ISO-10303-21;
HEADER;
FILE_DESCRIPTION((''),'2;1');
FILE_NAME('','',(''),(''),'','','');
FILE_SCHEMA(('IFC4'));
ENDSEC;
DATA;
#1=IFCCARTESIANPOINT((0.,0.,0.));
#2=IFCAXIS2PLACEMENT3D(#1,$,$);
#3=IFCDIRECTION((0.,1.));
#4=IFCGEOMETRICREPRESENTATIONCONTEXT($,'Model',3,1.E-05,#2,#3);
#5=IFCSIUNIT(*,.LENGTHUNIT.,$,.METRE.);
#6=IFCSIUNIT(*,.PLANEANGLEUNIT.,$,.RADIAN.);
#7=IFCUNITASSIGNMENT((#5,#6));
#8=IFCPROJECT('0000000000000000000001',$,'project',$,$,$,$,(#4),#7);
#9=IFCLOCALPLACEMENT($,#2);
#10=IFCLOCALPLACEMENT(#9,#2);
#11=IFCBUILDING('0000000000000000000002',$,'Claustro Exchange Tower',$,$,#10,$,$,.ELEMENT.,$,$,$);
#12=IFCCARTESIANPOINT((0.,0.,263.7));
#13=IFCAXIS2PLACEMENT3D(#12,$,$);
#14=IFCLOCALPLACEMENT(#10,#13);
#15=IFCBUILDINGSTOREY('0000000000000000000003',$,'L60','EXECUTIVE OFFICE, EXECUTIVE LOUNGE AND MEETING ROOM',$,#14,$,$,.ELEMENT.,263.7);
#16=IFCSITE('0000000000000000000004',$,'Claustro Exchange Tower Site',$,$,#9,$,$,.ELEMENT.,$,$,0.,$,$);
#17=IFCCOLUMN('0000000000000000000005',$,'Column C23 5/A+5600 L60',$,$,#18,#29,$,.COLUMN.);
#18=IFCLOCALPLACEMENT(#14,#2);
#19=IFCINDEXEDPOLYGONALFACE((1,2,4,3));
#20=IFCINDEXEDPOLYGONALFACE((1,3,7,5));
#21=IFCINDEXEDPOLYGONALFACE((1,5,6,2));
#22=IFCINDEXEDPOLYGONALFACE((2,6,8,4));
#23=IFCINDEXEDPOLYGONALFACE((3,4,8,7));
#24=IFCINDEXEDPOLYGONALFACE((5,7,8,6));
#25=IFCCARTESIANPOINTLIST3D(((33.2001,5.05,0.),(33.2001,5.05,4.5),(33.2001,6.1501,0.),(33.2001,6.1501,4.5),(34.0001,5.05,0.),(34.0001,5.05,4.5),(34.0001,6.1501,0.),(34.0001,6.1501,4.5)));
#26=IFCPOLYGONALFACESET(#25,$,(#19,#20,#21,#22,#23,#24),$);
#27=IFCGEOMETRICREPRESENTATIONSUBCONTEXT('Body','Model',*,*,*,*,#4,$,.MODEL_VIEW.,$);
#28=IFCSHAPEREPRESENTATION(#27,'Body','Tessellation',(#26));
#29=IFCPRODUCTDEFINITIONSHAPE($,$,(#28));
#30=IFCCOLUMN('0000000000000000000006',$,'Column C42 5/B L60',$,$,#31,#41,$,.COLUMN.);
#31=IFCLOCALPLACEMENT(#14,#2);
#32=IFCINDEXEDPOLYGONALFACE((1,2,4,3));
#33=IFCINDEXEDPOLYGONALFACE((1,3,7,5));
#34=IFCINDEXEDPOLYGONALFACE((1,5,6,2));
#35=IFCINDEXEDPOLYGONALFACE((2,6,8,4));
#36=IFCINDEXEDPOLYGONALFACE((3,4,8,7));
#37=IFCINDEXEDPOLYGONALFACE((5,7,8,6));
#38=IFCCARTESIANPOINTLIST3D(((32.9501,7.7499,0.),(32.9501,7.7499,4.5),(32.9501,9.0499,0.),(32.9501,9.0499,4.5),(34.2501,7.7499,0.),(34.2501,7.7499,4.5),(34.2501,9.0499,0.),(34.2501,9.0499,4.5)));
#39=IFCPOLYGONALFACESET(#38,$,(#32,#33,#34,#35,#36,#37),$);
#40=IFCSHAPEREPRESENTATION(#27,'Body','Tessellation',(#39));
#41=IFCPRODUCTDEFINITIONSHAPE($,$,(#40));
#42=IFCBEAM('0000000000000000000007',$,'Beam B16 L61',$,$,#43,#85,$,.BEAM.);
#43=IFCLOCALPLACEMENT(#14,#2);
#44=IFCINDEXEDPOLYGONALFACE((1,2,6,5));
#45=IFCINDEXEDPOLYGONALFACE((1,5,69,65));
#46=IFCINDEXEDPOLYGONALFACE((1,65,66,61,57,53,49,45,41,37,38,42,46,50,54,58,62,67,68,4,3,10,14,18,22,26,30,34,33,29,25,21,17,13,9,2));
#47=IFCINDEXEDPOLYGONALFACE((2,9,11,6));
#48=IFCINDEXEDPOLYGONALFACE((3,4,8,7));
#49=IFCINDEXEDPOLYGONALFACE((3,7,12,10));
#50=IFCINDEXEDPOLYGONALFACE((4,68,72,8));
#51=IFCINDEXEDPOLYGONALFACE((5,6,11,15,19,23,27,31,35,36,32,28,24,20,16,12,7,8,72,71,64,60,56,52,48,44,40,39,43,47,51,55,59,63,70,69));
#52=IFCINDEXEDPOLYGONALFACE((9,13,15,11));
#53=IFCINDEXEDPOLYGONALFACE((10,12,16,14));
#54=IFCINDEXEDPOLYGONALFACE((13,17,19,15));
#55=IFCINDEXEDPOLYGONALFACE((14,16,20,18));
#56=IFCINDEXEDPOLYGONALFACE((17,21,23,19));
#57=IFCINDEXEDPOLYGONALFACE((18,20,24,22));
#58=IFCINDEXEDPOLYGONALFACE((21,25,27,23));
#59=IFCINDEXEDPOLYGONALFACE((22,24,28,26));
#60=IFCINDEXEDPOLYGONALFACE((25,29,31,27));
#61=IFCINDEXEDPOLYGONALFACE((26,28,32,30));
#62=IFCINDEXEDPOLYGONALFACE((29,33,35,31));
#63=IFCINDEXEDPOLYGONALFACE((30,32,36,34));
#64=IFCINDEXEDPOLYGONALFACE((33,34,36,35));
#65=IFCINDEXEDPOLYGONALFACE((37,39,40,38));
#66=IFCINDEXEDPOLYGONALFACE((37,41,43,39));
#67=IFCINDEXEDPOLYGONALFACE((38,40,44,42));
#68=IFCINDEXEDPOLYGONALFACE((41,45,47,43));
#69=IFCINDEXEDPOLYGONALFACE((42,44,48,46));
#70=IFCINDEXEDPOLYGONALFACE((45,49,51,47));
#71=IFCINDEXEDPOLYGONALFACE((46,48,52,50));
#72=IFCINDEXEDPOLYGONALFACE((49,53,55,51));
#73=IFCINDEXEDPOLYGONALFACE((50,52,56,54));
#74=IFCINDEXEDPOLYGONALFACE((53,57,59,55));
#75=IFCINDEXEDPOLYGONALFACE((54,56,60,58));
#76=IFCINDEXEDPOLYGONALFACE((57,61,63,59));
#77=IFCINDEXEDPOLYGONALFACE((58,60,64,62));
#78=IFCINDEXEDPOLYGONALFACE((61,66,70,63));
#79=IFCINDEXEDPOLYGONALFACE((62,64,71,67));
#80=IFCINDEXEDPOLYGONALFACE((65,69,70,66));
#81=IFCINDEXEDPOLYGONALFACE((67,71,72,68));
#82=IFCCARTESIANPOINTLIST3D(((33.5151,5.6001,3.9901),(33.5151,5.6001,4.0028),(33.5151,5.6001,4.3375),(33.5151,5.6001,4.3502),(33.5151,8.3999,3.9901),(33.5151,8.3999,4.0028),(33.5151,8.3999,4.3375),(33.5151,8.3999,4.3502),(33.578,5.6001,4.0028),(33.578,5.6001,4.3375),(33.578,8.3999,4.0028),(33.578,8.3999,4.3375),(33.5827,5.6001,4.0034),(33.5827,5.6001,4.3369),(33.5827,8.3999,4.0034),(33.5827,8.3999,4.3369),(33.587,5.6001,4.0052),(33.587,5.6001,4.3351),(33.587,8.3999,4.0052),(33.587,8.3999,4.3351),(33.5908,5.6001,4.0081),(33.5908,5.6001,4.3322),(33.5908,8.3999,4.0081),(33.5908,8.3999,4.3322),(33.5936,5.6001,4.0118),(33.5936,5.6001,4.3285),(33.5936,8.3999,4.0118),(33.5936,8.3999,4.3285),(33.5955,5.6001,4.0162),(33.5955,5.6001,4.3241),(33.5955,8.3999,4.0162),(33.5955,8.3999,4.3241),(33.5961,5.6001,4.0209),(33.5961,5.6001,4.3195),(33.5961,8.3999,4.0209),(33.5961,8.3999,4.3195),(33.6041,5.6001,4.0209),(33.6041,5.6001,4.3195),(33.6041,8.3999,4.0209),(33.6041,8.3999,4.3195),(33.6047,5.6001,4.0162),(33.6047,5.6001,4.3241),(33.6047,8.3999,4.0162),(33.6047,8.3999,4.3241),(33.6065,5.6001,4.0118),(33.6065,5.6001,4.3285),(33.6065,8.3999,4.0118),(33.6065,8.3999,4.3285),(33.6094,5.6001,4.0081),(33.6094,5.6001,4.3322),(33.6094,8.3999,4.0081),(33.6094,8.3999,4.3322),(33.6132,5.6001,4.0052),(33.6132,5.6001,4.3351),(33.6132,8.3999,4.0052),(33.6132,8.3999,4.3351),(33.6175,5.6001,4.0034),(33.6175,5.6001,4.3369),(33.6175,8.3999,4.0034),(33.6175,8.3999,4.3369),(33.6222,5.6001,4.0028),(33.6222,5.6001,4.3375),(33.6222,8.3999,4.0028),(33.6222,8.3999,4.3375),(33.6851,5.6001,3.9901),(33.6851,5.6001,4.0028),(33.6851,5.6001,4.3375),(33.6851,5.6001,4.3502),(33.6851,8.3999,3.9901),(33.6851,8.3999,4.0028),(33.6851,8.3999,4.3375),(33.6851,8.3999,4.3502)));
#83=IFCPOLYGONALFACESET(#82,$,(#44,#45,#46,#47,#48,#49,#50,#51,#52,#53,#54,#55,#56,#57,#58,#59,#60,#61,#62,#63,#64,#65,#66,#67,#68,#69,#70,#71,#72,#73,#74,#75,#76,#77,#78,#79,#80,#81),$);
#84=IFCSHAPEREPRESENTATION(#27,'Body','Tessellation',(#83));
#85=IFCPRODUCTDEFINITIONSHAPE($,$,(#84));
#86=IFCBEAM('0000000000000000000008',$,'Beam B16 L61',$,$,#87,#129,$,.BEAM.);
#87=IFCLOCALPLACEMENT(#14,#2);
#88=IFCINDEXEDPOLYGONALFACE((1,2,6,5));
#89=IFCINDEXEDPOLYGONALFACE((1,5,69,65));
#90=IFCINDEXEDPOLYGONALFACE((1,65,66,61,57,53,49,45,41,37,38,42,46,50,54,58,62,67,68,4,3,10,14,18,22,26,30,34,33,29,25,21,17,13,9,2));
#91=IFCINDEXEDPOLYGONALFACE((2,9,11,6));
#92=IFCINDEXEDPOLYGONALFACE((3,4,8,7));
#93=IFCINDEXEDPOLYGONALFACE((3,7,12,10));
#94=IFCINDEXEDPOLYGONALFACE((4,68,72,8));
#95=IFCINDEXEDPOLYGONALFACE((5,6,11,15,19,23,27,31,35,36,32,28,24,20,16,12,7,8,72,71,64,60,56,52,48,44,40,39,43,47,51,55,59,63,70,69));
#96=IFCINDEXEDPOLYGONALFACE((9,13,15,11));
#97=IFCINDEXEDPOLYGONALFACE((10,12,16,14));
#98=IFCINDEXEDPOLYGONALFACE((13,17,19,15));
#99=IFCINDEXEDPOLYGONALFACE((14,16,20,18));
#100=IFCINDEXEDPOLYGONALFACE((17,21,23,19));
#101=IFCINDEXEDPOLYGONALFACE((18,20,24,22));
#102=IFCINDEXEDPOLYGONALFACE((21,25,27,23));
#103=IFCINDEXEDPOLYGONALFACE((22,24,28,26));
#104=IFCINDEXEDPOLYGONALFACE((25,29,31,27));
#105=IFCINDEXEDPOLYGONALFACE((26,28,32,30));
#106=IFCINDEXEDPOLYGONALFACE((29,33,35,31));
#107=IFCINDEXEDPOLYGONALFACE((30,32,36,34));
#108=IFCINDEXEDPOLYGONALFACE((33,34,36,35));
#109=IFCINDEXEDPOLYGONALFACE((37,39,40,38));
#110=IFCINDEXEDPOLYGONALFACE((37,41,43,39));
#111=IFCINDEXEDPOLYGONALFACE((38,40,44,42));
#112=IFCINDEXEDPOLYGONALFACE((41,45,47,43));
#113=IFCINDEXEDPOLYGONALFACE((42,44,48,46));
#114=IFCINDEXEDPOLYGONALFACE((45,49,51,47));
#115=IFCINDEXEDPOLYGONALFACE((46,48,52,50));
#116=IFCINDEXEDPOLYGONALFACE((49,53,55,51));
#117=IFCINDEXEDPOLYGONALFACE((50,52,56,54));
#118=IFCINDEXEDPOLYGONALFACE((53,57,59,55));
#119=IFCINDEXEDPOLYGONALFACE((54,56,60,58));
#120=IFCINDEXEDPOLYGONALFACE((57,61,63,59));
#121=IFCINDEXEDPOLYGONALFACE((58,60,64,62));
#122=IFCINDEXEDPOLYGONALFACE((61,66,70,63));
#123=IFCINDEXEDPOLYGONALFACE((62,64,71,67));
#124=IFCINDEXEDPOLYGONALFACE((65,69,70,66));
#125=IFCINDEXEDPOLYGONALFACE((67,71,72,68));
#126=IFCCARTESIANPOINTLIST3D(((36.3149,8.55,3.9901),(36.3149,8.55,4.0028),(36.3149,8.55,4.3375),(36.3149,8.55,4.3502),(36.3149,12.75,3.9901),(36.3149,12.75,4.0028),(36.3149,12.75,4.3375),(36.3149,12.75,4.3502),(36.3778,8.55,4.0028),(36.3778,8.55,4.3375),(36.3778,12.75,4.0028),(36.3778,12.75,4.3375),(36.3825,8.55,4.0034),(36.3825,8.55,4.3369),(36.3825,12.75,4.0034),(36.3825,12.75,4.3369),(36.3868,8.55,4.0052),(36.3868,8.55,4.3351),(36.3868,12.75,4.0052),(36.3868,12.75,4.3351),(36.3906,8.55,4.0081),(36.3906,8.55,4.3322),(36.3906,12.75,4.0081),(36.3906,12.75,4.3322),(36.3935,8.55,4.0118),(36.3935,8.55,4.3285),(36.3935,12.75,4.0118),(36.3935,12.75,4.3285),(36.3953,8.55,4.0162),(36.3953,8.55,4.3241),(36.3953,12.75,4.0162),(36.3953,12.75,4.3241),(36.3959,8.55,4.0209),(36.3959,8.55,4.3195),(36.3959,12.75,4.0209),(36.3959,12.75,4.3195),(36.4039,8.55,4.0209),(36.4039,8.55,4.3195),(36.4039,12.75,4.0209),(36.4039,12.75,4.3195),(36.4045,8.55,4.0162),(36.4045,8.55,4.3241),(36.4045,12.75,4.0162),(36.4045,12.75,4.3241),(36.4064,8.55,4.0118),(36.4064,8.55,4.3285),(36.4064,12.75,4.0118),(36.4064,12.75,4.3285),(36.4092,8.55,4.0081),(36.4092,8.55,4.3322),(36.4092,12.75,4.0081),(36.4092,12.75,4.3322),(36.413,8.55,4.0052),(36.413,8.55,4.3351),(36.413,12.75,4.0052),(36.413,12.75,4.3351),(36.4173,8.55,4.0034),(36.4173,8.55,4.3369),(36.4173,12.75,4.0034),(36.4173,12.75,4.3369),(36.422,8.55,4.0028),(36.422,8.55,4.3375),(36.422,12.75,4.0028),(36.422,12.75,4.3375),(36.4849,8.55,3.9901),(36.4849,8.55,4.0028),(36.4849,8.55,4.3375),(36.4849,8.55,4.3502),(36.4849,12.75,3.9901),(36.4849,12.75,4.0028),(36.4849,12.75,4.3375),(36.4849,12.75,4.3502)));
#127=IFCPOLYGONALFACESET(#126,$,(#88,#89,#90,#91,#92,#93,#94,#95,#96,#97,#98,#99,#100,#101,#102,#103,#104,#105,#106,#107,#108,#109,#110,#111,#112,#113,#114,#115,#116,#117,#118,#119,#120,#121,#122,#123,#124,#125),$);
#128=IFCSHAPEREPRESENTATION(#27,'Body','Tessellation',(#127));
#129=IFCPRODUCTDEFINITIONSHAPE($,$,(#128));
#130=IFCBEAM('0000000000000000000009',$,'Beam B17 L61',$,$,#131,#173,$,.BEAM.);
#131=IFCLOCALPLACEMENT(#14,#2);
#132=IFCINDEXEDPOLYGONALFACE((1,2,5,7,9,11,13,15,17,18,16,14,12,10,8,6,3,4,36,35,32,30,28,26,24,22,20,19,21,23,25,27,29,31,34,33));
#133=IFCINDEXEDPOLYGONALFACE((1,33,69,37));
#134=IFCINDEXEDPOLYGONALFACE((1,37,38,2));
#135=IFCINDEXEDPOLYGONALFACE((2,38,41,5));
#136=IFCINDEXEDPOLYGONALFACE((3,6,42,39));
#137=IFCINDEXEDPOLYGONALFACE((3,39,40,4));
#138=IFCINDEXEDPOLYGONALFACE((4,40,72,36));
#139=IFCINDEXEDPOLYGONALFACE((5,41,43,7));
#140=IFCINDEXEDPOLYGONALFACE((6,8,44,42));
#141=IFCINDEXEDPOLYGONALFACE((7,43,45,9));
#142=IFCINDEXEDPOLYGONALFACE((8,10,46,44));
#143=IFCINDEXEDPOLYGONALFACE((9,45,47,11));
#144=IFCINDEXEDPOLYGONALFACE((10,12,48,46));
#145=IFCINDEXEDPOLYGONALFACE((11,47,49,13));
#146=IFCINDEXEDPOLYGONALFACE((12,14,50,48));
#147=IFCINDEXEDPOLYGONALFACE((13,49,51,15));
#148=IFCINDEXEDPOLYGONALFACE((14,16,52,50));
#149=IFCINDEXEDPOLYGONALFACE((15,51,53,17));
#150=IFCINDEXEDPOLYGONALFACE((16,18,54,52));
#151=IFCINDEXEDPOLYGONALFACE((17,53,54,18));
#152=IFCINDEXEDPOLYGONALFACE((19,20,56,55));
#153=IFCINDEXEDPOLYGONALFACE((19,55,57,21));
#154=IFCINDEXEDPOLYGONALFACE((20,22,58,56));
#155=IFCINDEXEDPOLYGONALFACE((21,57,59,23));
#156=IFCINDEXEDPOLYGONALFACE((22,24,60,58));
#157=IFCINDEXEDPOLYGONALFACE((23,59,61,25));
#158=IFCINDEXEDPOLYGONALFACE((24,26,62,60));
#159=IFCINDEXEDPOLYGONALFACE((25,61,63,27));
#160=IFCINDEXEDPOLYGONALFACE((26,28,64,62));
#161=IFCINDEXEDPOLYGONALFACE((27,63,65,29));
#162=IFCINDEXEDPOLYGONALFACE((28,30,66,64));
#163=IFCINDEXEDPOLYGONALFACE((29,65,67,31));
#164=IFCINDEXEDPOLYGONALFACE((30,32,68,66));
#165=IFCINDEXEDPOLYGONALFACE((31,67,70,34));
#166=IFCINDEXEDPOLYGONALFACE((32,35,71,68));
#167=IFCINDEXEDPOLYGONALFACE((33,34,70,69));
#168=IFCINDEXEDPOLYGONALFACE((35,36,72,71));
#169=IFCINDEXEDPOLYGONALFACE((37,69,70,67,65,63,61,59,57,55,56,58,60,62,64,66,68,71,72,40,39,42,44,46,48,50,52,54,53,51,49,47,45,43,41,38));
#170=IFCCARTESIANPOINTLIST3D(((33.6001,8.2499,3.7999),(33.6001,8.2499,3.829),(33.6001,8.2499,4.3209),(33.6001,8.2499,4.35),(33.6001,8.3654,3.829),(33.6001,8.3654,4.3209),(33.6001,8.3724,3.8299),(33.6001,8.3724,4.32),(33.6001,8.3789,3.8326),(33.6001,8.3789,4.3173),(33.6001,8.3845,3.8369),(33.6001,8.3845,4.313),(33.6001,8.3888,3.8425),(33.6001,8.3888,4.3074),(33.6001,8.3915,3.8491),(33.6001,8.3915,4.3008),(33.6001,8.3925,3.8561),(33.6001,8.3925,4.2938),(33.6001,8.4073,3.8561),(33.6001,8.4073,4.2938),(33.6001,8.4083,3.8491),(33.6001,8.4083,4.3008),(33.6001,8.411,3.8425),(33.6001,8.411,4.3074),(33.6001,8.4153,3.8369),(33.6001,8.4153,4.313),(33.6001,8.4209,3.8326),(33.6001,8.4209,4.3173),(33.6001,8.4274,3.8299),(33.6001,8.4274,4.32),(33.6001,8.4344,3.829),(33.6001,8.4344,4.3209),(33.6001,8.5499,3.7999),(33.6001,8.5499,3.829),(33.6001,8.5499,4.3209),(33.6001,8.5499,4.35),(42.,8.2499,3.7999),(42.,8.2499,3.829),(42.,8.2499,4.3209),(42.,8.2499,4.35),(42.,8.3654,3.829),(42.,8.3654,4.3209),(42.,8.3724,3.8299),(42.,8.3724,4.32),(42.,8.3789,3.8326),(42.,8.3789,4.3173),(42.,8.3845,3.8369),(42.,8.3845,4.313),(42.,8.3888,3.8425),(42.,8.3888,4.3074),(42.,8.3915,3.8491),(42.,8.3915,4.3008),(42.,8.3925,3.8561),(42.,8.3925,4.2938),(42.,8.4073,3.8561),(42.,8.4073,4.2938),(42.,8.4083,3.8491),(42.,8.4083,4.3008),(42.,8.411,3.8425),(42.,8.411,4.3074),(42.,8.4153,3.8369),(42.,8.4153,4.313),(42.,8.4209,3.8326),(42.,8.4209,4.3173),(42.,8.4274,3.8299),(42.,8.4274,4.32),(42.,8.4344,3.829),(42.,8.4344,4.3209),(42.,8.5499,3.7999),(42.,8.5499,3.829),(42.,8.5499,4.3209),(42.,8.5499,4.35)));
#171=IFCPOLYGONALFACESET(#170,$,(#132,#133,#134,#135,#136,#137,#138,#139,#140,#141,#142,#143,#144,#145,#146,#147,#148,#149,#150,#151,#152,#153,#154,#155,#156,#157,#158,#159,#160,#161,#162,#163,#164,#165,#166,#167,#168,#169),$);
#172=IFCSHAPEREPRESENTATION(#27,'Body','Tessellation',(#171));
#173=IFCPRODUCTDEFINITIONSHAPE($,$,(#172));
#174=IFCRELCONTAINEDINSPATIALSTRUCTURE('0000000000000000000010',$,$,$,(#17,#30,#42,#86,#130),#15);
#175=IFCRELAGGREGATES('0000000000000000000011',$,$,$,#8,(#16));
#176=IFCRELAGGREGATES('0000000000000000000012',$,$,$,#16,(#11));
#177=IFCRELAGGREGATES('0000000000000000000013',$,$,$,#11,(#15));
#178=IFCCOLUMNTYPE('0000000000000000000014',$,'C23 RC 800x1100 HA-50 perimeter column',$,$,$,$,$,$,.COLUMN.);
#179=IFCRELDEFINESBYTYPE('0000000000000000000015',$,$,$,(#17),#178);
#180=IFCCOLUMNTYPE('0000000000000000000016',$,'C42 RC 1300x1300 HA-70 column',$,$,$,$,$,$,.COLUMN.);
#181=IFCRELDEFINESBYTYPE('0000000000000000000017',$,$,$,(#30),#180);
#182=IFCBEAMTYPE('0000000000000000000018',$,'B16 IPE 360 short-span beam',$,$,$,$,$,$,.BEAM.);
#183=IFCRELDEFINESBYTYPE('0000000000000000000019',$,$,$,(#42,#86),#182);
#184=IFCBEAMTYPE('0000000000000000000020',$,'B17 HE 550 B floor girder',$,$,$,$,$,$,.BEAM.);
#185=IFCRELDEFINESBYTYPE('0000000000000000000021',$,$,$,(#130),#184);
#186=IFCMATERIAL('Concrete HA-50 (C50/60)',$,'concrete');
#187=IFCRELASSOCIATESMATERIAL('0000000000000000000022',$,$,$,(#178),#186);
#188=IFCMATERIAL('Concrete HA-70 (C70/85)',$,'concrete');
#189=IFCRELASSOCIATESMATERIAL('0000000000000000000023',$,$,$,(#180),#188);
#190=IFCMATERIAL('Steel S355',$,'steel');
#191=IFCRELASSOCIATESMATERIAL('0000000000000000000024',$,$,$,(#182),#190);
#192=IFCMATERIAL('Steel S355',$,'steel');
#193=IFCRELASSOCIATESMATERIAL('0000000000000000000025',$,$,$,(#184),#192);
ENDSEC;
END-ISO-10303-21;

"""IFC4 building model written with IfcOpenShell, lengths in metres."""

from ifc_helpers import new_model, si_unit, direction, frame, origin, origin_2d, place, context, subcontext, project, spatial, rectangle, i_section, extrude, material, material_profile, profile_set, type_object, element, save


model = new_model("IFC4")

# Units and contexts
model_context = context("Model", 3, precision=1e-05, world=origin(), true_north=direction((0.0, 1.0)))
body_context = subcontext(model_context, "Body", "Model", "MODEL_VIEW")
ifc_project = project(units=[si_unit("LENGTHUNIT", "METRE"), si_unit("PLANEANGLEUNIT", "RADIAN")], contexts=[model_context])

# Site, building, storey
site_placement = place(None, origin())
site = spatial("IfcSite", under=ifc_project, at=site_placement, Name="Claustro Exchange Tower Site", CompositionType="ELEMENT", RefElevation=0.0)
building_placement = place(site_placement, origin())
building = spatial("IfcBuilding", under=site, at=building_placement, Name="Claustro Exchange Tower", CompositionType="ELEMENT")
storey_placement = place(building_placement, frame((0.0, 0.0, 263.7)))
storey = spatial("IfcBuildingStorey", under=building, at=storey_placement, Name="L60", Description="EXECUTIVE OFFICE, EXECUTIVE LOUNGE AND MEETING ROOM", CompositionType="ELEMENT", Elevation=263.7)

# Columns
ifc_material_1 = material(Name="Concrete HA-50 (C50/60)", Category="concrete")
ifc_material_profile_1 = material_profile(ifc_material_1, rectangle(XDim=0.8, YDim=1.1001, at=origin_2d()), Name="RC 800x1100")
ifc_profile_set_1 = profile_set([ifc_material_profile_1], Name="Concrete HA-50 (C50/60)")
column_type_1 = type_object("IfcColumnType", Name="C23 RC 800x1100 HA-50 perimeter column", PredefinedType="COLUMN", material=ifc_profile_set_1)
column_1_placement = place(storey_placement, frame((33.6001, 5.6001, 0.0), z_axis=(0.0, 0.0, 1.0), x_axis=(1.0, 0.0, 0.0)))
element("IfcColumn", 1, at=column_1_placement, inside=storey, type_object=column_type_1, Name="Column C23 5/A+5600 L60", PredefinedType="COLUMN", context=body_context, shape_type="SweptSolid", body=[
    extrude(rectangle(XDim=0.8, YDim=1.1001, at=origin_2d()), origin(), (0.0, 0.0, 1.0), 4.5),
])
ifc_material_2 = material(Name="Concrete HA-70 (C70/85)", Category="concrete")
ifc_material_profile_2 = material_profile(ifc_material_2, rectangle(XDim=1.3, YDim=1.3, at=origin_2d()), Name="RC 1300x1300")
ifc_profile_set_2 = profile_set([ifc_material_profile_2], Name="Concrete HA-70 (C70/85)")
column_type_2 = type_object("IfcColumnType", Name="C42 RC 1300x1300 HA-70 column", PredefinedType="COLUMN", material=ifc_profile_set_2)
column_2_placement = place(storey_placement, frame((33.6001, 8.3999, 0.0), z_axis=(0.0, 0.0, 1.0), x_axis=(1.0, 0.0, 0.0)))
element("IfcColumn", 2, at=column_2_placement, inside=storey, type_object=column_type_2, Name="Column C42 5/B L60", PredefinedType="COLUMN", context=body_context, shape_type="SweptSolid", body=[
    extrude(rectangle(XDim=1.3, YDim=1.3, at=origin_2d()), origin(), (0.0, 0.0, 1.0), 4.5),
])

# Beams
ifc_material_3 = material(Name="Steel S355", Category="steel")
ifc_material_profile_3 = material_profile(ifc_material_3, i_section(OverallWidth=0.1699, OverallDepth=0.3601, WebThickness=0.0081, FlangeThickness=0.0127, FilletRadius=0.0181, at=origin_2d()), Name="IPE 360")
ifc_profile_set_3 = profile_set([ifc_material_profile_3], Name="Steel S355")
beam_type_1 = type_object("IfcBeamType", Name="B16 IPE 360 short-span beam", PredefinedType="BEAM", material=ifc_profile_set_3)
beam_1_placement = place(storey_placement, frame((33.6001, 5.6001, 4.1702), z_axis=(0.0, 1.0, 0.0), x_axis=(-1.0, 0.0, 0.0)))
element("IfcBeam", 3, at=beam_1_placement, inside=storey, type_object=beam_type_1, Name="Beam B16 L61", PredefinedType="BEAM", context=body_context, shape_type="SweptSolid", body=[
    extrude(i_section(OverallWidth=0.1699, OverallDepth=0.3601, WebThickness=0.0081, FlangeThickness=0.0127, FilletRadius=0.0181, at=origin_2d()), origin(), (0.0, 0.0, 1.0), 2.7998),
])
beam_2_placement = place(storey_placement, frame((36.3999, 8.55, 4.1702), z_axis=(0.0, 1.0, 0.0), x_axis=(-1.0, 0.0, 0.0)))
element("IfcBeam", 4, at=beam_2_placement, inside=storey, type_object=beam_type_1, Name="Beam B16 L61", PredefinedType="BEAM", context=body_context, shape_type="SweptSolid", body=[
    extrude(i_section(OverallWidth=0.1699, OverallDepth=0.3601, WebThickness=0.0081, FlangeThickness=0.0127, FilletRadius=0.0181, at=origin_2d()), origin(), (0.0, 0.0, 1.0), 4.2),
])
ifc_material_4 = material(Name="Steel S355", Category="steel")
ifc_material_profile_4 = material_profile(ifc_material_4, i_section(OverallWidth=0.3, OverallDepth=0.55, WebThickness=0.0149, FlangeThickness=0.0291, FilletRadius=0.0271, at=origin_2d()), Name="HE 550 B")
ifc_profile_set_4 = profile_set([ifc_material_profile_4], Name="Steel S355")
beam_type_2 = type_object("IfcBeamType", Name="B17 HE 550 B floor girder", PredefinedType="BEAM", material=ifc_profile_set_4)
beam_3_placement = place(storey_placement, frame((33.6001, 8.3999, 4.075), z_axis=(1.0, 0.0, 0.0), x_axis=(0.0, 1.0, 0.0)))
element("IfcBeam", 5, at=beam_3_placement, inside=storey, type_object=beam_type_2, Name="Beam B17 L61", PredefinedType="BEAM", context=body_context, shape_type="SweptSolid", body=[
    extrude(i_section(OverallWidth=0.3, OverallDepth=0.55, WebThickness=0.0149, FlangeThickness=0.0291, FilletRadius=0.0271, at=origin_2d()), origin(), (0.0, 0.0, 1.0), 8.3999),
])

save(model, "model.ifc")
